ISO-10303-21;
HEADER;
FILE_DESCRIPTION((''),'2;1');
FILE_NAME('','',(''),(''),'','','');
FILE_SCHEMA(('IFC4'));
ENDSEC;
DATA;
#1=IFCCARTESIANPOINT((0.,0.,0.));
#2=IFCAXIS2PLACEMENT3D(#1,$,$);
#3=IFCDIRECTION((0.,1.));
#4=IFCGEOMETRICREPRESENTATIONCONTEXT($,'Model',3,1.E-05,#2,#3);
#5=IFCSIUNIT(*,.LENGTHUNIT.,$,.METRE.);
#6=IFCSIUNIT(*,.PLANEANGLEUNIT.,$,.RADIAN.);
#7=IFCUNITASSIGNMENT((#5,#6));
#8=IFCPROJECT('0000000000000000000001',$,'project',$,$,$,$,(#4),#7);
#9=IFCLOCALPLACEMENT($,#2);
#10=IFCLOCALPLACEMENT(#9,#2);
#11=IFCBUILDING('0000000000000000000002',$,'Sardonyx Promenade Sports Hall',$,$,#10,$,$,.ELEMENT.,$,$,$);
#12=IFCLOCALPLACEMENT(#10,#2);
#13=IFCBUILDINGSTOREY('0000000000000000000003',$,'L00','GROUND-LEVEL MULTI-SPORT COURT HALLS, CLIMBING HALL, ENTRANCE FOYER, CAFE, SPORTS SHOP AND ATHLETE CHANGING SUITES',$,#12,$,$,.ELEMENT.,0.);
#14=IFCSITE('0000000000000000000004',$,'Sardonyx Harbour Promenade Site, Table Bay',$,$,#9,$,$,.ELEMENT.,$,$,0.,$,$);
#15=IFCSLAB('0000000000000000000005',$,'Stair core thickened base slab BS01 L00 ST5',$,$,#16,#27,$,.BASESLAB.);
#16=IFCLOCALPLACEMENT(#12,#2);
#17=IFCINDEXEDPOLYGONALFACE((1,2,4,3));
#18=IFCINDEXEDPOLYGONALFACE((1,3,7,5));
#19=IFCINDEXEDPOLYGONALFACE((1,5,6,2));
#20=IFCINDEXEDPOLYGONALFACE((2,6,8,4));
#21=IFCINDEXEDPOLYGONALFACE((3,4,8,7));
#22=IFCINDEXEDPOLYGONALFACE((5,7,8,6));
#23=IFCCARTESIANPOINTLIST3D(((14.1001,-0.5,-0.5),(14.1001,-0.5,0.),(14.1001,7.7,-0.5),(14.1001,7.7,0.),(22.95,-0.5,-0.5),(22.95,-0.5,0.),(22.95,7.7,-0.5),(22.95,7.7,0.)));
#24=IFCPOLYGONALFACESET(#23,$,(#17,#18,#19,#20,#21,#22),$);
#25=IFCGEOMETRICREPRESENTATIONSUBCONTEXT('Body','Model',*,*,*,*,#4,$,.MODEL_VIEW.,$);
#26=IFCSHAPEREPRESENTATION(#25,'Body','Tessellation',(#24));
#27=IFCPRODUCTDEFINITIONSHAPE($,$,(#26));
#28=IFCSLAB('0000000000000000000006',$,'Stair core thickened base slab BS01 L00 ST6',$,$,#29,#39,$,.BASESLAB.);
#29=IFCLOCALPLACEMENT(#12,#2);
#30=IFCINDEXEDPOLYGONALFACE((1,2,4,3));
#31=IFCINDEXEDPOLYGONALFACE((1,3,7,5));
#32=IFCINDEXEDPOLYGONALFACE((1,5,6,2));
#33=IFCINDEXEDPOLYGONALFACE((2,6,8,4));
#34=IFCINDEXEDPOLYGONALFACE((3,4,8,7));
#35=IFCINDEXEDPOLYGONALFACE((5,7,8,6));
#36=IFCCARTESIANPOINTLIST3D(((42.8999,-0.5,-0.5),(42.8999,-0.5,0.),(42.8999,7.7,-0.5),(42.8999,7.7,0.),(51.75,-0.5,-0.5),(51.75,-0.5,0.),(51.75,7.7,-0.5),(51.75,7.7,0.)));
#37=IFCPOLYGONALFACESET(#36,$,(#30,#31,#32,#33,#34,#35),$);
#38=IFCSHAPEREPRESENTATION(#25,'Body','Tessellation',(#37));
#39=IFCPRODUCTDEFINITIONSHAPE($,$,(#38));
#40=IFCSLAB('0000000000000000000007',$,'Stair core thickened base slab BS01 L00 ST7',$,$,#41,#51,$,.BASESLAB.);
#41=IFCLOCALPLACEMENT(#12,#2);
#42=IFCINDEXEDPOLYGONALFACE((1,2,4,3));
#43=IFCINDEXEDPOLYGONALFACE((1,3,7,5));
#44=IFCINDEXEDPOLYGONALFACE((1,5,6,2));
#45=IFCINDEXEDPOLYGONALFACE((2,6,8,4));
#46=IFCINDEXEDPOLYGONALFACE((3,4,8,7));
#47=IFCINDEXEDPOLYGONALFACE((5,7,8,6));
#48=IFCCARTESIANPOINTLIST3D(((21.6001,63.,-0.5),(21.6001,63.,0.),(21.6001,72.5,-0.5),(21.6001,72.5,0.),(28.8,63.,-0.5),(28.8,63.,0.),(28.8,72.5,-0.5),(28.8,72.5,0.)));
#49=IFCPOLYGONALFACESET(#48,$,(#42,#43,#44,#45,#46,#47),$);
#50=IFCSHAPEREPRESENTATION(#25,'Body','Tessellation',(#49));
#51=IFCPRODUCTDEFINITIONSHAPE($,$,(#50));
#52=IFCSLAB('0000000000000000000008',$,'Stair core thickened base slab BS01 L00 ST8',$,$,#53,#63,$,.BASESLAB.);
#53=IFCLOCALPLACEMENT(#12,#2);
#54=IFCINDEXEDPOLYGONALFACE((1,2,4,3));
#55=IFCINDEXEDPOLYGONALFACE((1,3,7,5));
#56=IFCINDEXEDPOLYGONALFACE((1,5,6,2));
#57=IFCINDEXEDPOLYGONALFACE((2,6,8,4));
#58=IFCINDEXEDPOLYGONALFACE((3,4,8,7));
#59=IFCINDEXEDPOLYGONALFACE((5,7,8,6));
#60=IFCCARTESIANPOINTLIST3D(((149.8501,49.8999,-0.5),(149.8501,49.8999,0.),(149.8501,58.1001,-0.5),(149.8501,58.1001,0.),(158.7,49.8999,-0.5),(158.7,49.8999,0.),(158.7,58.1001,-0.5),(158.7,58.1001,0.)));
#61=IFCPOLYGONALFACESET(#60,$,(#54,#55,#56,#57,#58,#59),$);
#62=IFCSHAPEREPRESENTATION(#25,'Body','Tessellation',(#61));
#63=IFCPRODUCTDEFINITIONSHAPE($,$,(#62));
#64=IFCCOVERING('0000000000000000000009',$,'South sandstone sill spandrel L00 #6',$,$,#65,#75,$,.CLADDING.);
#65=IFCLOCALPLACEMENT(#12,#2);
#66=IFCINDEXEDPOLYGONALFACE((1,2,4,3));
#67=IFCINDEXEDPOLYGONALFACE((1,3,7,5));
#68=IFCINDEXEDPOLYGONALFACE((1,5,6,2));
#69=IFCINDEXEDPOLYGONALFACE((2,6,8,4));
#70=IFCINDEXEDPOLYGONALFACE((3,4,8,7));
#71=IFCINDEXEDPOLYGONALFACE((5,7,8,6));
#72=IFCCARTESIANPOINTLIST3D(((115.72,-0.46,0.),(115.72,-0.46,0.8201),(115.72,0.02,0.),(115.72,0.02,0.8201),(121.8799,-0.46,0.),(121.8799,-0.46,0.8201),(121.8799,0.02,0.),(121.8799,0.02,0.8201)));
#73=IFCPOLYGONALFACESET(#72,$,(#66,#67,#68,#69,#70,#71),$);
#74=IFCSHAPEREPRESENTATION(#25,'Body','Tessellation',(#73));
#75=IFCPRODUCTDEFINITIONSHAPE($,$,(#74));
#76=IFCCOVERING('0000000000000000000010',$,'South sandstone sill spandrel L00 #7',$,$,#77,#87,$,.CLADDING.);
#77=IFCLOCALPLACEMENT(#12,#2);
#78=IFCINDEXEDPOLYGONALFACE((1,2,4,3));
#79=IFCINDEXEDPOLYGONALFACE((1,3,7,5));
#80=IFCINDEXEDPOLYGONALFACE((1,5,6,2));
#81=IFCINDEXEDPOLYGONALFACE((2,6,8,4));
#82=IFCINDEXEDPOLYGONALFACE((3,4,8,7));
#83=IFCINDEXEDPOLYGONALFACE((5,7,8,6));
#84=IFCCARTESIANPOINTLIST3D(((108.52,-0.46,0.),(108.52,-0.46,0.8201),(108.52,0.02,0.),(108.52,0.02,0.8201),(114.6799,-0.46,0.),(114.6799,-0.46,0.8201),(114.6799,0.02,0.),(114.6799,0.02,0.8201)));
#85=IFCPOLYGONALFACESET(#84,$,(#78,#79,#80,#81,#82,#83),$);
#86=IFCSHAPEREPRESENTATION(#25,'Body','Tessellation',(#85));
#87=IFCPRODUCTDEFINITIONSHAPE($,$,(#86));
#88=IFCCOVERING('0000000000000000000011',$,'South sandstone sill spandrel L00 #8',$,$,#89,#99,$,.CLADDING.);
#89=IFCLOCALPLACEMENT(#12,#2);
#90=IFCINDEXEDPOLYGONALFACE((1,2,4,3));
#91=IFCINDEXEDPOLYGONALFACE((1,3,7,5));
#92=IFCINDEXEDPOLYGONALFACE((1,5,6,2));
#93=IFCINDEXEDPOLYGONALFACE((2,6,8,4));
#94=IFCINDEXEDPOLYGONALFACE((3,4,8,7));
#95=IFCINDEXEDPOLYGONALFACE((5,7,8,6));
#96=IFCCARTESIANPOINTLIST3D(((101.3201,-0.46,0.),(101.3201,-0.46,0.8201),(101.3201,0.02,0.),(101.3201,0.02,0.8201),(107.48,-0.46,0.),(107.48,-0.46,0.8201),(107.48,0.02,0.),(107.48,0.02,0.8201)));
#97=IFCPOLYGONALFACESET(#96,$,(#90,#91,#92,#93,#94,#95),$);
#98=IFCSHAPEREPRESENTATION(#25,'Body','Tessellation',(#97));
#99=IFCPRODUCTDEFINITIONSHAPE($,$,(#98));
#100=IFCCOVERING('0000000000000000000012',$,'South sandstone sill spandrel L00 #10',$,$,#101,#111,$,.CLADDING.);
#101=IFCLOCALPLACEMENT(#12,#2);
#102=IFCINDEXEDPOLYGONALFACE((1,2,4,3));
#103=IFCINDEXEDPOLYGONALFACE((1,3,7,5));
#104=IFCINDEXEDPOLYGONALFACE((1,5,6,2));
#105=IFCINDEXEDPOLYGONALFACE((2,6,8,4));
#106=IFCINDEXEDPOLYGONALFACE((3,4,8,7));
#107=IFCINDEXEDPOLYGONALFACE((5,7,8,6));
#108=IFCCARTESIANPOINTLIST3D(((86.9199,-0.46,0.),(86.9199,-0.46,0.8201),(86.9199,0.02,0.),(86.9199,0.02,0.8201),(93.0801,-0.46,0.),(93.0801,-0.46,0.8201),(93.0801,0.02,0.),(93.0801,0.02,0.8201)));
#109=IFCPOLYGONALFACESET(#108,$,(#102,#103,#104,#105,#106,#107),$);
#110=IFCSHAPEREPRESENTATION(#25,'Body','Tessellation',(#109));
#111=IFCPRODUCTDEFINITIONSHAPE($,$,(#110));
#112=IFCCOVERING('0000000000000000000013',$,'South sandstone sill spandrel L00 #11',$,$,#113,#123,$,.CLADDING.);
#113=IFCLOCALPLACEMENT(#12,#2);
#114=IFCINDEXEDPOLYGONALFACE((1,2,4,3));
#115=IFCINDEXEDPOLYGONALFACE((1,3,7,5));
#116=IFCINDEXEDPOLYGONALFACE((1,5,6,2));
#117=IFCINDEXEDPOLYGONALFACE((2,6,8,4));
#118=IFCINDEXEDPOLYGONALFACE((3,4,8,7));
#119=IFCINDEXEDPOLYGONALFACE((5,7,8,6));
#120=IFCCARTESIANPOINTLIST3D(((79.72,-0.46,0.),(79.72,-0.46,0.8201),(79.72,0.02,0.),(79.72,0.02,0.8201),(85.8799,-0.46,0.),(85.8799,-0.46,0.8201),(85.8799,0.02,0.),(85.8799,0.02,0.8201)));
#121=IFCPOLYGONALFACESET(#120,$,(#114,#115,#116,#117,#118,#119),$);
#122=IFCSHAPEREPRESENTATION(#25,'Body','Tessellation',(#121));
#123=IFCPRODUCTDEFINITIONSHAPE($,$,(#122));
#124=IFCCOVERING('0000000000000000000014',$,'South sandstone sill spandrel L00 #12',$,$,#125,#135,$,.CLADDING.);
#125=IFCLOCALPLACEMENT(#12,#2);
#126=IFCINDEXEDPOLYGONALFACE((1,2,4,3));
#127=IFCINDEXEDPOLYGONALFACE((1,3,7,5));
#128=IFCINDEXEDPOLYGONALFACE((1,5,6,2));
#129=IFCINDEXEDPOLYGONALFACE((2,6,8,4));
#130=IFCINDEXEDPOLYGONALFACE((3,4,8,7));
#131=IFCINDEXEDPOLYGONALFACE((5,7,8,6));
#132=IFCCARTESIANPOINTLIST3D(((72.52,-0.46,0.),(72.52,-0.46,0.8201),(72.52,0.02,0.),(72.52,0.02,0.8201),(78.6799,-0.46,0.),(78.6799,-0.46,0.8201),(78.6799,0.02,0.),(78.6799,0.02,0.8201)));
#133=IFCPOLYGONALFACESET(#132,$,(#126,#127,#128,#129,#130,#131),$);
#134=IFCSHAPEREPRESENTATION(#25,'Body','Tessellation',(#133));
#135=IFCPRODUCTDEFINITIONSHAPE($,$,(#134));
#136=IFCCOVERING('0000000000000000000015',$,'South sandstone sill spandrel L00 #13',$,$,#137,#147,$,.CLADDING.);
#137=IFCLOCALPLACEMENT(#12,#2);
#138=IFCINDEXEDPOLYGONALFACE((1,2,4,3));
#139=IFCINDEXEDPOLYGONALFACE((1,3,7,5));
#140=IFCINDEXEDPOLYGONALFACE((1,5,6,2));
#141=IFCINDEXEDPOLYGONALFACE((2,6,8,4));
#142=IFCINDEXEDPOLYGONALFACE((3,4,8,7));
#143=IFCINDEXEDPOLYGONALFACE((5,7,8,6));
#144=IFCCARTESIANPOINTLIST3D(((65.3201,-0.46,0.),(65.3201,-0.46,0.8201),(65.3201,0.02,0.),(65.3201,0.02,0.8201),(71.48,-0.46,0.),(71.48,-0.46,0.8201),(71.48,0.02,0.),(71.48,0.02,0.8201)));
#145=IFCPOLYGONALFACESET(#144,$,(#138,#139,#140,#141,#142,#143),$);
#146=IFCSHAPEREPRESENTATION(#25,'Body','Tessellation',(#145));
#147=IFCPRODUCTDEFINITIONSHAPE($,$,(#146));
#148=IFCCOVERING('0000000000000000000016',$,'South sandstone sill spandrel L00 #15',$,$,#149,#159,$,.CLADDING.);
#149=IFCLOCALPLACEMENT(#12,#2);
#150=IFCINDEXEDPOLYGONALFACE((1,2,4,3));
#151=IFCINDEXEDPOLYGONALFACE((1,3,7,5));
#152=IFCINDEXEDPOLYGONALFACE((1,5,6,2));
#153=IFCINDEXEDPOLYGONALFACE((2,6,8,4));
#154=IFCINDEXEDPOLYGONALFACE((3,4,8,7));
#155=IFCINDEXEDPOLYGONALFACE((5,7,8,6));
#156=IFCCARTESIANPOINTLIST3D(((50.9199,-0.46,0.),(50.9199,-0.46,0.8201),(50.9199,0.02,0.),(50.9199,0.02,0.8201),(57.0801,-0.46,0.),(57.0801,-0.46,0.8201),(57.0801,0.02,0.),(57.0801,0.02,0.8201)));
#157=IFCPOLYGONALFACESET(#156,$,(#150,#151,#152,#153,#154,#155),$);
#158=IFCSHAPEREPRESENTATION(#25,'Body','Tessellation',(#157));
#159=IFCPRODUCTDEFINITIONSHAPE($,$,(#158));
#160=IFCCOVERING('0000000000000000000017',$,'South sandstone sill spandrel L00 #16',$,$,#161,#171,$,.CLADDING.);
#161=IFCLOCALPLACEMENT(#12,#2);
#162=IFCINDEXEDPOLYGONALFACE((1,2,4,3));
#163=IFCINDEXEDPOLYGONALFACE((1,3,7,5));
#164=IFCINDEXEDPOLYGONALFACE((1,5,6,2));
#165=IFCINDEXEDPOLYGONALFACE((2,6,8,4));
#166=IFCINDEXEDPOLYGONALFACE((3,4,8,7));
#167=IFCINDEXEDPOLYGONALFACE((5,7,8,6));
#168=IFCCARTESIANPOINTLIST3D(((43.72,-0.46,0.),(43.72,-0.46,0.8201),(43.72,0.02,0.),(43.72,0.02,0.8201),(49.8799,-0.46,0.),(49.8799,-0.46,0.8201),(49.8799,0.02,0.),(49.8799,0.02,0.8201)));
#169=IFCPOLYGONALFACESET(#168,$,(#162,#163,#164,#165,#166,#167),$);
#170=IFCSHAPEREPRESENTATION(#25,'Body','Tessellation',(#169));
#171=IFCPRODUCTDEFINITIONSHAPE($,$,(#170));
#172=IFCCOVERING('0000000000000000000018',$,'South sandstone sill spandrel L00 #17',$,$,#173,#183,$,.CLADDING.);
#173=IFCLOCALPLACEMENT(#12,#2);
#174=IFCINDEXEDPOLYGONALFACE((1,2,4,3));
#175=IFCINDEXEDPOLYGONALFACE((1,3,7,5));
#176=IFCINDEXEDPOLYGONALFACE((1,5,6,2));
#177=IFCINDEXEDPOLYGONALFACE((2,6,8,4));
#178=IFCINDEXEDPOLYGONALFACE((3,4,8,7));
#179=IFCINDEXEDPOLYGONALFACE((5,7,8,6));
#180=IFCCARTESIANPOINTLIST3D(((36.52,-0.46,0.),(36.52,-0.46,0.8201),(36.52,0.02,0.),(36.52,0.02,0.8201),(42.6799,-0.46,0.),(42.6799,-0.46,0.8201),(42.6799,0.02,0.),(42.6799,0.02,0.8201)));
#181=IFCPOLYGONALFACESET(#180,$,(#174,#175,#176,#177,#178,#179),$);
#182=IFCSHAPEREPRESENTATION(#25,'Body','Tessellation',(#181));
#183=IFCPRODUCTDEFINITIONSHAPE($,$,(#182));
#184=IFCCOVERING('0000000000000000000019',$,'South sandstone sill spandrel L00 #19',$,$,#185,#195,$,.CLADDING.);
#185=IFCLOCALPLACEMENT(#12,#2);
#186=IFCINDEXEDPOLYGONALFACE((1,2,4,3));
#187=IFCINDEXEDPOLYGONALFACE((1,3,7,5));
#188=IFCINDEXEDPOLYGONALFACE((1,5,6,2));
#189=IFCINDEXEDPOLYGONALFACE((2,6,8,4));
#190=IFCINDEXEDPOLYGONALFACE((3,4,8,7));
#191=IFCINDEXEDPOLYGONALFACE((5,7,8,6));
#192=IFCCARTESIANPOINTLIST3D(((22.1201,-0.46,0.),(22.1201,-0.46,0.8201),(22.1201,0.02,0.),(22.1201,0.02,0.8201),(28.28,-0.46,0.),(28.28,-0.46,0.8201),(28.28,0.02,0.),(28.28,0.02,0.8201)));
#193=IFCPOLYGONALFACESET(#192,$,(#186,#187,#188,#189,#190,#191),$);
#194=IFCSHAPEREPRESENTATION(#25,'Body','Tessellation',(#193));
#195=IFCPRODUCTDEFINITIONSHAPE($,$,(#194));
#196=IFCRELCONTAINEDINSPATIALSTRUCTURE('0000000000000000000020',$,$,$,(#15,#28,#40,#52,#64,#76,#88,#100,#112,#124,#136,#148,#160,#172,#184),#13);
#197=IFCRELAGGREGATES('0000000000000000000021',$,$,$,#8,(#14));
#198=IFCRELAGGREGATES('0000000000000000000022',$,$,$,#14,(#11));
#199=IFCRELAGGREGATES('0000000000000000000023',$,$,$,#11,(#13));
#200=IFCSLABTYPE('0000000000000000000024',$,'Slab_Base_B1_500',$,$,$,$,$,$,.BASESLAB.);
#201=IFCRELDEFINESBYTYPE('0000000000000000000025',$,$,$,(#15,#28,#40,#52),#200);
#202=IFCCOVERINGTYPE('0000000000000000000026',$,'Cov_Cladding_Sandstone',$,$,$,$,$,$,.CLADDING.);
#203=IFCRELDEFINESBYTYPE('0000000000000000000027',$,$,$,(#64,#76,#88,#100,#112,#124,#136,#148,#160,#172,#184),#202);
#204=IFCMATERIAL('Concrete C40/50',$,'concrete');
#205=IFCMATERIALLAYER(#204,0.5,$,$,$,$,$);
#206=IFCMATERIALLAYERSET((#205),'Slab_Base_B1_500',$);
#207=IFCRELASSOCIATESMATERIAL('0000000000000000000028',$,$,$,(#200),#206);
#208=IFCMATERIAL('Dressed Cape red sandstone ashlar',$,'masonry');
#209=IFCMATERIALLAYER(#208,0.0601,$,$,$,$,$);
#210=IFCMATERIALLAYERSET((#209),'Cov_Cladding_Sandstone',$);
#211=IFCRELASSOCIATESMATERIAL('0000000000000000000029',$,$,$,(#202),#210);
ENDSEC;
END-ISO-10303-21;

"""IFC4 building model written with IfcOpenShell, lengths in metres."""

from ifc_helpers import new_model, si_unit, direction, frame, origin, place, context, subcontext, project, spatial, polyline, outline, extrude, material, layer, layer_set, type_object, element, save


model = new_model("IFC4")

# Units and contexts
model_context = context("Model", 3, precision=1e-05, world=origin(), true_north=direction((0.0, 1.0)))
body_context = subcontext(model_context, "Body", "Model", "MODEL_VIEW")
ifc_project = project(units=[si_unit("LENGTHUNIT", "METRE"), si_unit("PLANEANGLEUNIT", "RADIAN")], contexts=[model_context])

# Site, building, storey
site_placement = place(None, origin())
site = spatial("IfcSite", under=ifc_project, at=site_placement, Name="Sardonyx Harbour Promenade Site, Table Bay", CompositionType="ELEMENT", RefElevation=0.0)
building_placement = place(site_placement, origin())
building = spatial("IfcBuilding", under=site, at=building_placement, Name="Sardonyx Promenade Sports Hall", CompositionType="ELEMENT")
storey_placement = place(building_placement, origin())
storey = spatial("IfcBuildingStorey", under=building, at=storey_placement, Name="L00", Description="GROUND-LEVEL MULTI-SPORT COURT HALLS, CLIMBING HALL, ENTRANCE FOYER, CAFE, SPORTS SHOP AND ATHLETE CHANGING SUITES", CompositionType="ELEMENT", Elevation=0.0)

# Slabs
ifc_material_1 = material(Name="Concrete C40/50", Category="concrete")
ifc_layer_1 = layer(ifc_material_1, 0.5)
ifc_layer_set_1 = layer_set([ifc_layer_1], Name="Slab_Base_B1_500")
slab_type = type_object("IfcSlabType", Name="Slab_Base_B1_500", PredefinedType="BASESLAB", material=ifc_layer_set_1)
slab_1_placement = place(storey_placement, frame((0.0, 0.0, -0.5)))
element("IfcSlab", 1, at=slab_1_placement, inside=storey, type_object=slab_type, Name="Stair core thickened base slab BS01 L00 ST5", PredefinedType="BASESLAB", context=body_context, shape_type="SweptSolid", body=[
    extrude(outline(polyline([(14.1001, -0.5), (22.95, -0.5), (22.95, 7.7), (14.1001, 7.7), (14.1001, -0.5)])), origin(), (0.0, 0.0, 1.0), 0.5),
])
slab_2_placement = place(storey_placement, frame((0.0, 0.0, -0.5)))
element("IfcSlab", 2, at=slab_2_placement, inside=storey, type_object=slab_type, Name="Stair core thickened base slab BS01 L00 ST6", PredefinedType="BASESLAB", context=body_context, shape_type="SweptSolid", body=[
    extrude(outline(polyline([(42.8999, -0.5), (51.75, -0.5), (51.75, 7.7), (42.8999, 7.7), (42.8999, -0.5)])), origin(), (0.0, 0.0, 1.0), 0.5),
])
slab_3_placement = place(storey_placement, frame((0.0, 0.0, -0.5)))
element("IfcSlab", 3, at=slab_3_placement, inside=storey, type_object=slab_type, Name="Stair core thickened base slab BS01 L00 ST7", PredefinedType="BASESLAB", context=body_context, shape_type="SweptSolid", body=[
    extrude(outline(polyline([(21.6001, 63.0), (28.8, 63.0), (28.8, 72.5), (21.6001, 72.5), (21.6001, 63.0)])), origin(), (0.0, 0.0, 1.0), 0.5),
])
slab_4_placement = place(storey_placement, frame((0.0, 0.0, -0.5)))
element("IfcSlab", 4, at=slab_4_placement, inside=storey, type_object=slab_type, Name="Stair core thickened base slab BS01 L00 ST8", PredefinedType="BASESLAB", context=body_context, shape_type="SweptSolid", body=[
    extrude(outline(polyline([(149.8501, 49.8999), (158.7, 49.8999), (158.7, 58.1001), (149.8501, 58.1001), (149.8501, 49.8999)])), origin(), (0.0, 0.0, 1.0), 0.5),
])

# Coverings
ifc_material_2 = material(Name="Dressed Cape red sandstone ashlar", Category="masonry")
ifc_layer_2 = layer(ifc_material_2, 0.0601)
ifc_layer_set_2 = layer_set([ifc_layer_2], Name="Cov_Cladding_Sandstone")
covering_type = type_object("IfcCoveringType", Name="Cov_Cladding_Sandstone", PredefinedType="CLADDING", material=ifc_layer_set_2)
covering_1_placement = place(storey_placement, origin())
element("IfcCovering", 5, at=covering_1_placement, inside=storey, type_object=covering_type, Name="South sandstone sill spandrel L00 #6", PredefinedType="CLADDING", context=body_context, shape_type="SweptSolid", body=[
    extrude(outline(polyline([(115.72, -0.46), (121.8799, -0.46), (121.8799, 0.02), (115.72, 0.02), (115.72, -0.46)])), origin(), (0.0, 0.0, 1.0), 0.8201),
])
covering_2_placement = place(storey_placement, origin())
element("IfcCovering", 6, at=covering_2_placement, inside=storey, type_object=covering_type, Name="South sandstone sill spandrel L00 #7", PredefinedType="CLADDING", context=body_context, shape_type="SweptSolid", body=[
    extrude(outline(polyline([(108.52, -0.46), (114.6799, -0.46), (114.6799, 0.02), (108.52, 0.02), (108.52, -0.46)])), origin(), (0.0, 0.0, 1.0), 0.8201),
])
covering_3_placement = place(storey_placement, origin())
element("IfcCovering", 7, at=covering_3_placement, inside=storey, type_object=covering_type, Name="South sandstone sill spandrel L00 #8", PredefinedType="CLADDING", context=body_context, shape_type="SweptSolid", body=[
    extrude(outline(polyline([(101.3201, -0.46), (107.48, -0.46), (107.48, 0.02), (101.3201, 0.02), (101.3201, -0.46)])), origin(), (0.0, 0.0, 1.0), 0.8201),
])
covering_4_placement = place(storey_placement, origin())
element("IfcCovering", 8, at=covering_4_placement, inside=storey, type_object=covering_type, Name="South sandstone sill spandrel L00 #10", PredefinedType="CLADDING", context=body_context, shape_type="SweptSolid", body=[
    extrude(outline(polyline([(86.9199, -0.46), (93.0801, -0.46), (93.0801, 0.02), (86.9199, 0.02), (86.9199, -0.46)])), origin(), (0.0, 0.0, 1.0), 0.8201),
])
covering_5_placement = place(storey_placement, origin())
element("IfcCovering", 9, at=covering_5_placement, inside=storey, type_object=covering_type, Name="South sandstone sill spandrel L00 #11", PredefinedType="CLADDING", context=body_context, shape_type="SweptSolid", body=[
    extrude(outline(polyline([(79.72, -0.46), (85.8799, -0.46), (85.8799, 0.02), (79.72, 0.02), (79.72, -0.46)])), origin(), (0.0, 0.0, 1.0), 0.8201),
])
covering_6_placement = place(storey_placement, origin())
element("IfcCovering", 10, at=covering_6_placement, inside=storey, type_object=covering_type, Name="South sandstone sill spandrel L00 #12", PredefinedType="CLADDING", context=body_context, shape_type="SweptSolid", body=[
    extrude(outline(polyline([(72.52, -0.46), (78.6799, -0.46), (78.6799, 0.02), (72.52, 0.02), (72.52, -0.46)])), origin(), (0.0, 0.0, 1.0), 0.8201),
])
covering_7_placement = place(storey_placement, origin())
element("IfcCovering", 11, at=covering_7_placement, inside=storey, type_object=covering_type, Name="South sandstone sill spandrel L00 #13", PredefinedType="CLADDING", context=body_context, shape_type="SweptSolid", body=[
    extrude(outline(polyline([(65.3201, -0.46), (71.48, -0.46), (71.48, 0.02), (65.3201, 0.02), (65.3201, -0.46)])), origin(), (0.0, 0.0, 1.0), 0.8201),
])
covering_8_placement = place(storey_placement, origin())
element("IfcCovering", 12, at=covering_8_placement, inside=storey, type_object=covering_type, Name="South sandstone sill spandrel L00 #15", PredefinedType="CLADDING", context=body_context, shape_type="SweptSolid", body=[
    extrude(outline(polyline([(50.9199, -0.46), (57.0801, -0.46), (57.0801, 0.02), (50.9199, 0.02), (50.9199, -0.46)])), origin(), (0.0, 0.0, 1.0), 0.8201),
])
covering_9_placement = place(storey_placement, origin())
element("IfcCovering", 13, at=covering_9_placement, inside=storey, type_object=covering_type, Name="South sandstone sill spandrel L00 #16", PredefinedType="CLADDING", context=body_context, shape_type="SweptSolid", body=[
    extrude(outline(polyline([(43.72, -0.46), (49.8799, -0.46), (49.8799, 0.02), (43.72, 0.02), (43.72, -0.46)])), origin(), (0.0, 0.0, 1.0), 0.8201),
])
covering_10_placement = place(storey_placement, origin())
element("IfcCovering", 14, at=covering_10_placement, inside=storey, type_object=covering_type, Name="South sandstone sill spandrel L00 #17", PredefinedType="CLADDING", context=body_context, shape_type="SweptSolid", body=[
    extrude(outline(polyline([(36.52, -0.46), (42.6799, -0.46), (42.6799, 0.02), (36.52, 0.02), (36.52, -0.46)])), origin(), (0.0, 0.0, 1.0), 0.8201),
])
covering_11_placement = place(storey_placement, origin())
element("IfcCovering", 15, at=covering_11_placement, inside=storey, type_object=covering_type, Name="South sandstone sill spandrel L00 #19", PredefinedType="CLADDING", context=body_context, shape_type="SweptSolid", body=[
    extrude(outline(polyline([(22.1201, -0.46), (28.28, -0.46), (28.28, 0.02), (22.1201, 0.02), (22.1201, -0.46)])), origin(), (0.0, 0.0, 1.0), 0.8201),
])

save(model, "model.ifc")
